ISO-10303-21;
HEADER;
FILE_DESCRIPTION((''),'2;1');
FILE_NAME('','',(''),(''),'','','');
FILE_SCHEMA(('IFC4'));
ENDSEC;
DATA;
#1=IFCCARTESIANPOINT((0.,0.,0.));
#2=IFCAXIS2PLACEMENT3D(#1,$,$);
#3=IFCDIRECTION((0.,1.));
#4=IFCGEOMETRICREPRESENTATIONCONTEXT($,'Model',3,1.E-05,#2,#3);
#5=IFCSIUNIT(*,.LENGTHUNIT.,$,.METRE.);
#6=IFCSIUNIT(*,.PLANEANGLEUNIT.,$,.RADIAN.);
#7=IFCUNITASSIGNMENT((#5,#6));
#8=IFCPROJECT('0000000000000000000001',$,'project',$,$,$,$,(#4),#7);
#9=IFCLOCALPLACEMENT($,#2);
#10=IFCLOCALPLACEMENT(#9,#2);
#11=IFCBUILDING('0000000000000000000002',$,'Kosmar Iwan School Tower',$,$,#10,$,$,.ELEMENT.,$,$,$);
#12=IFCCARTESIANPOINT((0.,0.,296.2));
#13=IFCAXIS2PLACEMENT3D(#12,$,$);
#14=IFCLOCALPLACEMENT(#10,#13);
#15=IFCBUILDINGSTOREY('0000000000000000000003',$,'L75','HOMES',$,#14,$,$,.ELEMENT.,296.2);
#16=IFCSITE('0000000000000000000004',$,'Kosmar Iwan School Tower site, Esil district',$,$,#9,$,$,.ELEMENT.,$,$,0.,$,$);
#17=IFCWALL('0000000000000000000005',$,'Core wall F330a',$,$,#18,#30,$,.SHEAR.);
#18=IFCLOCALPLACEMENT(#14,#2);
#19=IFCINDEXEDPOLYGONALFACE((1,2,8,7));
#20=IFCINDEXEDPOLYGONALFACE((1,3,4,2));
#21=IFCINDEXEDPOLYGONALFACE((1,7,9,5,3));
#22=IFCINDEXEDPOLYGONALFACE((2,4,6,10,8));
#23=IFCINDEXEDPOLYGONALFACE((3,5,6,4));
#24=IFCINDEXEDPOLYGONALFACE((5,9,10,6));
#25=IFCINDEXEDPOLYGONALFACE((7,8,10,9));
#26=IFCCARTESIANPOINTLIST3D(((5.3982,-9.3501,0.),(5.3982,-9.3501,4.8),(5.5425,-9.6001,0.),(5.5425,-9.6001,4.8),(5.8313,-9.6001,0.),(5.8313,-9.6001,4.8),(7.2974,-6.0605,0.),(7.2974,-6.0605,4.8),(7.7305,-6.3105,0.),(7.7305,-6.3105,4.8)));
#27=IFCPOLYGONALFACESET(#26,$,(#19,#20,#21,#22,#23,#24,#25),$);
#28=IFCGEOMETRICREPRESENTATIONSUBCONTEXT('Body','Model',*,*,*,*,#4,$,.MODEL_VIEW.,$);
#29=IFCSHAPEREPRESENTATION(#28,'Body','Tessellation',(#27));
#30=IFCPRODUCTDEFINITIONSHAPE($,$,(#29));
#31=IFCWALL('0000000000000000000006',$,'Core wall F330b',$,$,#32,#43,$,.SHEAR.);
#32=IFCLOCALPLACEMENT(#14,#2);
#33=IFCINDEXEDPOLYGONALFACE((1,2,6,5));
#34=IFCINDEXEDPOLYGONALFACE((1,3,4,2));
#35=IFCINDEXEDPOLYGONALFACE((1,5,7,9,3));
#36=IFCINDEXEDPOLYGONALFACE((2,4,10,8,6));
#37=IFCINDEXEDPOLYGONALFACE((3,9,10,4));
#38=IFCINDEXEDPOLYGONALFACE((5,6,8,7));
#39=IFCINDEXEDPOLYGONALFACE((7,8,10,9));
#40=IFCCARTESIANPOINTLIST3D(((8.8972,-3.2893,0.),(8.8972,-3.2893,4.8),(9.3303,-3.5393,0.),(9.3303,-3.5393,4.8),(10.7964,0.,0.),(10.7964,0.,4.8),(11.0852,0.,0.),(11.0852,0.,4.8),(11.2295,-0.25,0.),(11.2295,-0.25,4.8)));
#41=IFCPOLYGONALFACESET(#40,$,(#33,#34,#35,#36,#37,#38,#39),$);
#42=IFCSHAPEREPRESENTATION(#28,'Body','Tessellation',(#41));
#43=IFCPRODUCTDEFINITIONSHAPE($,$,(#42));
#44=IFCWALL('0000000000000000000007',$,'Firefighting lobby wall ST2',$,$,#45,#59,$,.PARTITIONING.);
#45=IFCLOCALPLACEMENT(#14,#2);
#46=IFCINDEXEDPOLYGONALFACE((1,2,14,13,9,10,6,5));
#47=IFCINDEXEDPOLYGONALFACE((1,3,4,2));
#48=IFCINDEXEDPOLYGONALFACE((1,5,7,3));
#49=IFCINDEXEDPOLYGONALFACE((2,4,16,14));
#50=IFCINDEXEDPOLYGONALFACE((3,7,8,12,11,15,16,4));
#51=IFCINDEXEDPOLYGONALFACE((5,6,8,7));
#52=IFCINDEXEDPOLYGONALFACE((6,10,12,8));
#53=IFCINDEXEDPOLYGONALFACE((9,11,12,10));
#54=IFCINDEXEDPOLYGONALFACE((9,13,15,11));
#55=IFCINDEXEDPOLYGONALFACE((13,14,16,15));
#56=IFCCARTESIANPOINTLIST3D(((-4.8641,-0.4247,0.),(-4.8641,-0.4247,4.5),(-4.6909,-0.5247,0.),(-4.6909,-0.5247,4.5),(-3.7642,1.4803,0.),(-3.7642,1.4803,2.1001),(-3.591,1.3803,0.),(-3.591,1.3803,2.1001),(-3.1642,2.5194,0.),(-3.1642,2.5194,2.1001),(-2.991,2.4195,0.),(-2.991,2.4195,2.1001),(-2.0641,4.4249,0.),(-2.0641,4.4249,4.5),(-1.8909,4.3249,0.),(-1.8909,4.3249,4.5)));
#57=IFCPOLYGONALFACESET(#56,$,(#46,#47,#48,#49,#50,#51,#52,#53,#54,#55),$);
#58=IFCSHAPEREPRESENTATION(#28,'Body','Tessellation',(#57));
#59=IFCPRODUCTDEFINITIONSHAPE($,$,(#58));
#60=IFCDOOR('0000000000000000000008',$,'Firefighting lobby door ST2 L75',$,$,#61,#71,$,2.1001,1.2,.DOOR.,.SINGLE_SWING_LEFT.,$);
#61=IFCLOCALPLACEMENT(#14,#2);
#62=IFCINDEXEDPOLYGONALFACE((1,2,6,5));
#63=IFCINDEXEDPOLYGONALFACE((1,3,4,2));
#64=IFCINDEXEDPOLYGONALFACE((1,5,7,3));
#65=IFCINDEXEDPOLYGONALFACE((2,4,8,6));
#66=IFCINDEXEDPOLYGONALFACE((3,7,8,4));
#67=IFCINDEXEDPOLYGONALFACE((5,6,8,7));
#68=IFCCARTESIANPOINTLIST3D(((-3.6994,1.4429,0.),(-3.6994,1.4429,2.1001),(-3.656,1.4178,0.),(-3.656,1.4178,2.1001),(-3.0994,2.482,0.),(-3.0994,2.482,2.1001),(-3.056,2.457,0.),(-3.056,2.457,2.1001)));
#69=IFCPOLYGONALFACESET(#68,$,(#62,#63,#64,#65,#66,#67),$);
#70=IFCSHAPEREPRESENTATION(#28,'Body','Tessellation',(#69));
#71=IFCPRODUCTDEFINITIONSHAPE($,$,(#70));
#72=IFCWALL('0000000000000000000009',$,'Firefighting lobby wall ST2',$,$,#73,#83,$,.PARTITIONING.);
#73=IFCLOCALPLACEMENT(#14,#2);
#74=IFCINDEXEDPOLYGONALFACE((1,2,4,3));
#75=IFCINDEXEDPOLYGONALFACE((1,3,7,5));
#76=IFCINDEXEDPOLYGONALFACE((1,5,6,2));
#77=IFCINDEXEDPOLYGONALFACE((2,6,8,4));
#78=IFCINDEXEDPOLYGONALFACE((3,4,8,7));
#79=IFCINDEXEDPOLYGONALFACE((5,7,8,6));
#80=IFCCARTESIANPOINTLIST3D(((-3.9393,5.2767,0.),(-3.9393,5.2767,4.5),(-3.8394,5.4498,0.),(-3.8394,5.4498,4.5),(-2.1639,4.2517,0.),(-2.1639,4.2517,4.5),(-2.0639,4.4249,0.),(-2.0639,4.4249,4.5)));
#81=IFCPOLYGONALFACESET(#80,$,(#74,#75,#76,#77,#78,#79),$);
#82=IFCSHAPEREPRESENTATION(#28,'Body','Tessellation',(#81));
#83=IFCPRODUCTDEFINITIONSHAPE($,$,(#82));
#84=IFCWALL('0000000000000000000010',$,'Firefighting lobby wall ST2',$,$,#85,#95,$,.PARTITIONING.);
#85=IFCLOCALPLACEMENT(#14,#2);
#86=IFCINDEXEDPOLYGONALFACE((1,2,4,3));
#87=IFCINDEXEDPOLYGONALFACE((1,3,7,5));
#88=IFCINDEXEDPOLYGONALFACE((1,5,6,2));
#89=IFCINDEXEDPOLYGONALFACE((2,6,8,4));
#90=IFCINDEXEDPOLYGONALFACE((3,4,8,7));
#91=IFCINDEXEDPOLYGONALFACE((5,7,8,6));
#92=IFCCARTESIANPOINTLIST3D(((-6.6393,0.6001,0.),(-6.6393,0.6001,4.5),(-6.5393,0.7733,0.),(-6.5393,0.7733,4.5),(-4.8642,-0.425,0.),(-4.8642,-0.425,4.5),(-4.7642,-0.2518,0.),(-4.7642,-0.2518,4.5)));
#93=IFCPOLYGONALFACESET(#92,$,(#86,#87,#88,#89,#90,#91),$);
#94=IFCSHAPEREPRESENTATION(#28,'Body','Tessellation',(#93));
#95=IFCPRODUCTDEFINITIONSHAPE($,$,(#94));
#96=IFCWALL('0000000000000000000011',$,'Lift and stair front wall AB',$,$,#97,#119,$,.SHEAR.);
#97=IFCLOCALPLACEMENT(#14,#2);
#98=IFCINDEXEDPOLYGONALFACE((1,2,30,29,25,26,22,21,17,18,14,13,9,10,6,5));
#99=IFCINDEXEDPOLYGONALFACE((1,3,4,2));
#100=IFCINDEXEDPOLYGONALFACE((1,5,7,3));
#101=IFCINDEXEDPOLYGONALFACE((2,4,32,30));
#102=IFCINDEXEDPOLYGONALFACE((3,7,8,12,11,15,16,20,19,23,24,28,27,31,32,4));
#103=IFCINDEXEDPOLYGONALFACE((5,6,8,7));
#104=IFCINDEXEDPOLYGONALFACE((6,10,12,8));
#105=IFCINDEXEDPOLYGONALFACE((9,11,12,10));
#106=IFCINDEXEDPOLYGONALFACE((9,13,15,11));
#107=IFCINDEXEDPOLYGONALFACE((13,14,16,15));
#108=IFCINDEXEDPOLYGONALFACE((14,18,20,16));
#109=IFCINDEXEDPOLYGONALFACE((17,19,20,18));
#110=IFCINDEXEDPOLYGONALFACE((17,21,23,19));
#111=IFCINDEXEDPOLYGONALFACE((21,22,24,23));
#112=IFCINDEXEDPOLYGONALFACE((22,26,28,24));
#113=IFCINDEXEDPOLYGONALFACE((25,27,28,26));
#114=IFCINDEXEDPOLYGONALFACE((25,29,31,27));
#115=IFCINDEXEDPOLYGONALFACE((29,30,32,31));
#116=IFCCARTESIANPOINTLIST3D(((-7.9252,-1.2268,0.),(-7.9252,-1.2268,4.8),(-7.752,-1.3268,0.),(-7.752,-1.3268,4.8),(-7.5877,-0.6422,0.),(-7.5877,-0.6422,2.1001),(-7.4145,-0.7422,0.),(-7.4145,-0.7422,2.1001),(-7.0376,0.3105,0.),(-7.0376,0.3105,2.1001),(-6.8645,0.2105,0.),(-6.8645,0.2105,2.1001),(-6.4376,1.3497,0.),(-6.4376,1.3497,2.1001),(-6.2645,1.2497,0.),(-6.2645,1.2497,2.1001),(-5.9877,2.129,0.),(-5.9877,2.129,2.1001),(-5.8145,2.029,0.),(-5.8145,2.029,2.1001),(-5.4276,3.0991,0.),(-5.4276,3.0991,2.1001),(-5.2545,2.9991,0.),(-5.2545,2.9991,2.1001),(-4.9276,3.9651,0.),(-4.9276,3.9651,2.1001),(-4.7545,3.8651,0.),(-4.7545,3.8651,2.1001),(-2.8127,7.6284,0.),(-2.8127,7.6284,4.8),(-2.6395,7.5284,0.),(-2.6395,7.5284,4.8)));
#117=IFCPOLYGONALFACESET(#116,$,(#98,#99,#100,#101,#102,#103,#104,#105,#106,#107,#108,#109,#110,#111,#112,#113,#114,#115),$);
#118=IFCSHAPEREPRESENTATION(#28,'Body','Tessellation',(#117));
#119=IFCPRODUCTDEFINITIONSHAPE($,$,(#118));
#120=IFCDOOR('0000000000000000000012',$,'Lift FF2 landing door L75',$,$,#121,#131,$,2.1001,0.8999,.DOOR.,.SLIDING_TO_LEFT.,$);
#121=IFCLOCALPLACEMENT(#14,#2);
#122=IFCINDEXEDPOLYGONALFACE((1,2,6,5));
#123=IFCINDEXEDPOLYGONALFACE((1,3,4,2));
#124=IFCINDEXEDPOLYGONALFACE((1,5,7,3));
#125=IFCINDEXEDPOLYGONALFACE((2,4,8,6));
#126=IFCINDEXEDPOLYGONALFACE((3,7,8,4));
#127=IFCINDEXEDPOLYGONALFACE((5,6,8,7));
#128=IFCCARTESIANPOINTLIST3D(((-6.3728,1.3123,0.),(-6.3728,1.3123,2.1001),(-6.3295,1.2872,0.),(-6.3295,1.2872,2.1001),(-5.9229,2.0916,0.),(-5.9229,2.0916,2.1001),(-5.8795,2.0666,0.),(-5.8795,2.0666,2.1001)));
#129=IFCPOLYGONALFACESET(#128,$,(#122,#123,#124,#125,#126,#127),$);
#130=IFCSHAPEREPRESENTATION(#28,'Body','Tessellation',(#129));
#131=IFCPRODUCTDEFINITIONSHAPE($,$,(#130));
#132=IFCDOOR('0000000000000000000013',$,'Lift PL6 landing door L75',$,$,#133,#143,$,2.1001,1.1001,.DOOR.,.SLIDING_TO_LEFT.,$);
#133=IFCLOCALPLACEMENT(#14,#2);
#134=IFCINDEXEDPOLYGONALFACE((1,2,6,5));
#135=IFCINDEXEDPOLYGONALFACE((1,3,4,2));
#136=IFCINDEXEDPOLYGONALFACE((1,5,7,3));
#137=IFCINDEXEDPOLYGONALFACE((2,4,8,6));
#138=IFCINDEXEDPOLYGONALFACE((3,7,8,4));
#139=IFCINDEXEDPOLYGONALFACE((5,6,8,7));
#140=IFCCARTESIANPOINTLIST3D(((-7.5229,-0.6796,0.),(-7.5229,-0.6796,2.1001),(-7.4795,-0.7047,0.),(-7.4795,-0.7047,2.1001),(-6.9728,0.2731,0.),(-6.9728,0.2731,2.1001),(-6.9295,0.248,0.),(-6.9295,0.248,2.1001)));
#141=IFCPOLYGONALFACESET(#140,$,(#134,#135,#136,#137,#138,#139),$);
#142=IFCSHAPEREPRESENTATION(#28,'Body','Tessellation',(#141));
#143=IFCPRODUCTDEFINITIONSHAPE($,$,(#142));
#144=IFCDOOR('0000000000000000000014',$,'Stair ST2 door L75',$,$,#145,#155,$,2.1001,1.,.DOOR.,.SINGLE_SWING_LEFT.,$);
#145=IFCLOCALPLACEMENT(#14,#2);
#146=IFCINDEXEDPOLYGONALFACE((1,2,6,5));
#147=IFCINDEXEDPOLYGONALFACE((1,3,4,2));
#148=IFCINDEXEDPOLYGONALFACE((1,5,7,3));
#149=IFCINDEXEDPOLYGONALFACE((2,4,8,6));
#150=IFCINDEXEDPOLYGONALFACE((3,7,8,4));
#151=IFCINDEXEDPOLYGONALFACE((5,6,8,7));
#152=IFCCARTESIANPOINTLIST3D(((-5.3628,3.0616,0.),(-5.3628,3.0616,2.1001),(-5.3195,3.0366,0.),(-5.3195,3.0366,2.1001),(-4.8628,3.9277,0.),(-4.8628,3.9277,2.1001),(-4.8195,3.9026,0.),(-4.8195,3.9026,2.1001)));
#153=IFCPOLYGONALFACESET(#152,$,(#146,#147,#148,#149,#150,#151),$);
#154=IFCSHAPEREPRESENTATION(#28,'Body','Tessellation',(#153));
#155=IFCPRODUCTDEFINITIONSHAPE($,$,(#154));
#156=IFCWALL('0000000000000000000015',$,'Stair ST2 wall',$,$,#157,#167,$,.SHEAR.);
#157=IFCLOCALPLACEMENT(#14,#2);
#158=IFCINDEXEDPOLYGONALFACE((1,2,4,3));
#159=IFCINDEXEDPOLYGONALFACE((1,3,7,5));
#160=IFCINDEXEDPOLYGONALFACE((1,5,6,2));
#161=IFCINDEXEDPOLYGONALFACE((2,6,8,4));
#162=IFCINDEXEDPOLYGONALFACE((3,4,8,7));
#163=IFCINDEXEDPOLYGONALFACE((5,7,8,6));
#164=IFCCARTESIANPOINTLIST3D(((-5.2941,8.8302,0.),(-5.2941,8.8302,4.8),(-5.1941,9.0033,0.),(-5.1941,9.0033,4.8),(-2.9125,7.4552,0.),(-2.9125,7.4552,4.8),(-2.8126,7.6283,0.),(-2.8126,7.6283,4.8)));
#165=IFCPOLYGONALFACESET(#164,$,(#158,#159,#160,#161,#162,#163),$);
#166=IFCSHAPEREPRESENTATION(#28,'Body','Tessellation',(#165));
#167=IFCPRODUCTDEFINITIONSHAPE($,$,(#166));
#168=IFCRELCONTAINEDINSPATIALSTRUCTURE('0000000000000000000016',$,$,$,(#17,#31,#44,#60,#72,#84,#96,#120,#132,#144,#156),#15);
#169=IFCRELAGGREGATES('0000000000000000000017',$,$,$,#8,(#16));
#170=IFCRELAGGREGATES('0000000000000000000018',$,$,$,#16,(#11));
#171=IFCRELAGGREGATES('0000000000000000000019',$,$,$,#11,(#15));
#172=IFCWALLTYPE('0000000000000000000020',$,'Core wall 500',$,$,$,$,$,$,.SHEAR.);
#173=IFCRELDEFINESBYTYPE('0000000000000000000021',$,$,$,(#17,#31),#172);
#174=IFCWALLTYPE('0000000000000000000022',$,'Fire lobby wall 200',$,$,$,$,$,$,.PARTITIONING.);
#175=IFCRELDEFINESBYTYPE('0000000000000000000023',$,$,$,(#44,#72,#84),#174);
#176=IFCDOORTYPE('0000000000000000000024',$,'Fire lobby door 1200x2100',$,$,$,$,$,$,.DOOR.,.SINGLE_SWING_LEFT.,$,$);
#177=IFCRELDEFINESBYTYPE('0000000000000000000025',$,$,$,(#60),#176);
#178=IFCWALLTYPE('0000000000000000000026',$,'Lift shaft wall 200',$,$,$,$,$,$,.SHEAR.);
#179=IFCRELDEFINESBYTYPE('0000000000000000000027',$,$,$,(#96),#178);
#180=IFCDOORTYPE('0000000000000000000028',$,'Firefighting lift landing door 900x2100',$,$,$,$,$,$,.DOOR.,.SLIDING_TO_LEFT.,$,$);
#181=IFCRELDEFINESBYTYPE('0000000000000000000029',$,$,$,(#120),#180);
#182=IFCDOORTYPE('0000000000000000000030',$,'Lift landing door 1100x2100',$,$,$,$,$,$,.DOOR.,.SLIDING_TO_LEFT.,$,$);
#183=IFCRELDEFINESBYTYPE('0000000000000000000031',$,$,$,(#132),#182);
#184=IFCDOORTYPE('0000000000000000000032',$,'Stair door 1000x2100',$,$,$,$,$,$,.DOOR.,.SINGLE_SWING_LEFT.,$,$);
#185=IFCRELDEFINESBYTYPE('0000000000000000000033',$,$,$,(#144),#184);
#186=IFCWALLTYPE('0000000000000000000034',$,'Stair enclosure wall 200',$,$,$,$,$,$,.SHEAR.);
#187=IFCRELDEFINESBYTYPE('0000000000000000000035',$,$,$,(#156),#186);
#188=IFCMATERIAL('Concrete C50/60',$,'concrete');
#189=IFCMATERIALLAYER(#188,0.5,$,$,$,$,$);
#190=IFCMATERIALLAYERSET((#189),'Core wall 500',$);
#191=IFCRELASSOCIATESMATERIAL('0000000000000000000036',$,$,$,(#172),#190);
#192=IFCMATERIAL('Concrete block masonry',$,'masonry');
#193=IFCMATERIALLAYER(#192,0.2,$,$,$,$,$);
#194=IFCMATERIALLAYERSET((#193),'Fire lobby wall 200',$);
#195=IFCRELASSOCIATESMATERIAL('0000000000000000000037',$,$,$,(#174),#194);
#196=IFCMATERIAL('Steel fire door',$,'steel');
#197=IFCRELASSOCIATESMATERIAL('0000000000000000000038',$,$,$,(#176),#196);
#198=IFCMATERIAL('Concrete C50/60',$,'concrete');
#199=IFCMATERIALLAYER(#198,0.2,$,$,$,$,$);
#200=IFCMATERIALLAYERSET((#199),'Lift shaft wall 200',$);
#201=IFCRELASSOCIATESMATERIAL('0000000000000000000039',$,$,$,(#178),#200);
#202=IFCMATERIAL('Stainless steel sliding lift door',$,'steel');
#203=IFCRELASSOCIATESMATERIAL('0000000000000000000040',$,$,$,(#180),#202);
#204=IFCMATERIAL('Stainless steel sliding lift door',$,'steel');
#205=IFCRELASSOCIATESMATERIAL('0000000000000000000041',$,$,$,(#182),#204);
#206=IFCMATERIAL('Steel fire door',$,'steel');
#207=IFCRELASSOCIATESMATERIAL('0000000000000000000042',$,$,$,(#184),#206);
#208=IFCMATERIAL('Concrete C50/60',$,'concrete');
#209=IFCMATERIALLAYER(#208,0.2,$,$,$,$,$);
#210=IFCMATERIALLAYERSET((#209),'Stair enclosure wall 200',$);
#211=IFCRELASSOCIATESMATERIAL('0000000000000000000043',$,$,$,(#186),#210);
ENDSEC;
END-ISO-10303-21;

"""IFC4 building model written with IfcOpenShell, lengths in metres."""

from ifc_helpers import new_model, si_unit, direction, frame, frame_2d, origin, place, context, subcontext, project, spatial, polyline, rectangle, outline, extrude, material, layer, layer_set, type_object, element, fill, save


model = new_model("IFC4")

# Units and contexts
model_context = context("Model", 3, precision=1e-05, world=origin(), true_north=direction((0.0, 1.0)))
body_context = subcontext(model_context, "Body", "Model", "MODEL_VIEW")
ifc_project = project(units=[si_unit("LENGTHUNIT", "METRE"), si_unit("PLANEANGLEUNIT", "RADIAN")], contexts=[model_context])

# Site, building, storey
site_placement = place(None, origin())
site = spatial("IfcSite", under=ifc_project, at=site_placement, Name="Kosmar Iwan School Tower site, Esil district", CompositionType="ELEMENT", RefElevation=0.0)
building_placement = place(site_placement, origin())
building = spatial("IfcBuilding", under=site, at=building_placement, Name="Kosmar Iwan School Tower", CompositionType="ELEMENT")
storey_placement = place(building_placement, frame((0.0, 0.0, 296.2)))
storey = spatial("IfcBuildingStorey", under=building, at=storey_placement, Name="L75", Description="HOMES", CompositionType="ELEMENT", Elevation=296.2)

# Walls
ifc_material_1 = material(Name="Concrete C50/60", Category="concrete")
ifc_layer_1 = layer(ifc_material_1, 0.5)
ifc_layer_set_1 = layer_set([ifc_layer_1], Name="Core wall 500")
wall_type_1 = type_object("IfcWallType", Name="Core wall 500", PredefinedType="SHEAR", material=ifc_layer_set_1)
wall_1_placement = place(storey_placement, origin())
element("IfcWall", 1, at=wall_1_placement, inside=storey, type_object=wall_type_1, Name="Core wall F330a", PredefinedType="SHEAR", context=body_context, shape_type="SweptSolid", body=[
    extrude(outline(polyline([(5.5425, -9.6001), (5.8313, -9.6001), (7.7305, -6.3105), (7.2974, -6.0605), (5.3982, -9.3501), (5.5425, -9.6001)])), origin(), (0.0, 0.0, 1.0), 4.8),
])
wall_2_placement = place(storey_placement, origin())
element("IfcWall", 2, at=wall_2_placement, inside=storey, type_object=wall_type_1, Name="Core wall F330b", PredefinedType="SHEAR", context=body_context, shape_type="SweptSolid", body=[
    extrude(outline(polyline([(9.3303, -3.5393), (11.2295, -0.25), (11.0852, 0.0), (10.7964, 0.0), (8.8972, -3.2893), (9.3303, -3.5393)])), origin(), (0.0, 0.0, 1.0), 4.8),
])

# Wall, opening, door
ifc_material_2 = material(Name="Concrete block masonry", Category="masonry")
ifc_layer_2 = layer(ifc_material_2, 0.2)
ifc_layer_set_2 = layer_set([ifc_layer_2], Name="Fire lobby wall 200")
wall_type_2 = type_object("IfcWallType", Name="Fire lobby wall 200", PredefinedType="PARTITIONING", material=ifc_layer_set_2)
wall_3_placement = place(storey_placement, frame((-1.9775, 4.3748, 0.0), z_axis=(0.0, 0.0, 1.0), x_axis=(-0.500017, -0.866016, 0.0)))
wall_3 = element("IfcWall", 3, at=wall_3_placement, inside=storey, type_object=wall_type_2, Name="Firefighting lobby wall ST2", PredefinedType="PARTITIONING", context=body_context, shape_type="SweptSolid", body=[
    extrude(rectangle(XDim=5.5999, YDim=0.2, at=frame_2d((2.7998, 0.0))), origin(), (0.0, 0.0, 1.0), 4.5),
])
opening_1_placement = place(wall_3_placement, frame((2.2, 0.0, 0.0)))
opening_1 = element("IfcOpeningElement", 4, at=opening_1_placement, cuts=wall_3, PredefinedType="OPENING", context=body_context, shape_type="SweptSolid", body=[
    extrude(rectangle(XDim=1.2, YDim=2.1001, at=frame_2d((0.6001, 1.05))), frame((0.0, 0.1121, 0.0), z_axis=(0.0, -1.0, 0.0), x_axis=(1.0, 0.0, 0.0)), (0.0, 0.0, 1.0), 0.2239),
])
ifc_material_3 = material(Name="Steel fire door", Category="steel")
door_type_1 = type_object("IfcDoorType", Name="Fire lobby door 1200x2100", OperationType="SINGLE_SWING_LEFT", PredefinedType="DOOR", material=ifc_material_3)
door_1_placement = place(opening_1_placement, origin())
door_1 = element("IfcDoor", 5, at=door_1_placement, inside=storey, type_object=door_type_1, Name="Firefighting lobby door ST2 L75", OperationType="SINGLE_SWING_LEFT", OverallHeight=2.1001, OverallWidth=1.2, PredefinedType="DOOR", context=body_context, shape_type="SweptSolid", body=[
    extrude(rectangle(XDim=1.2, YDim=2.1001, at=frame_2d((0.6001, 1.05))), frame((0.0, 0.0249, 0.0), z_axis=(0.0, -1.0, 0.0), x_axis=(1.0, 0.0, 0.0)), (0.0, 0.0, 1.0), 0.05),
])
fill(opening_1, door_1)

# Walls
wall_4_placement = place(storey_placement, frame((-2.114, 4.3384, 0.0), z_axis=(0.0, 0.0, 1.0), x_axis=(-0.866051, 0.499956, 0.0)))
element("IfcWall", 6, at=wall_4_placement, inside=storey, type_object=wall_type_2, Name="Firefighting lobby wall ST2", PredefinedType="PARTITIONING", context=body_context, shape_type="SweptSolid", body=[
    extrude(rectangle(XDim=2.05, YDim=0.2, at=frame_2d((1.0249, 0.0))), origin(), (0.0, 0.0, 1.0), 4.5),
])
wall_5_placement = place(storey_placement, frame((-4.8142, -0.3384, 0.0), z_axis=(0.0, 0.0, 1.0), x_axis=(-0.865969, 0.500097, 0.0)))
element("IfcWall", 7, at=wall_5_placement, inside=storey, type_object=wall_type_2, Name="Firefighting lobby wall ST2", PredefinedType="PARTITIONING", context=body_context, shape_type="SweptSolid", body=[
    extrude(rectangle(XDim=2.0498, YDim=0.2, at=frame_2d((1.0249, 0.0))), origin(), (0.0, 0.0, 1.0), 4.5),
])

# Wall, openings, doors
ifc_material_4 = material(Name="Concrete C50/60", Category="concrete")
ifc_layer_3 = layer(ifc_material_4, 0.2)
ifc_layer_set_3 = layer_set([ifc_layer_3], Name="Lift shaft wall 200")
wall_type_3 = type_object("IfcWallType", Name="Lift shaft wall 200", PredefinedType="SHEAR", material=ifc_layer_set_3)
wall_6_placement = place(storey_placement, frame((-2.7261, 7.5784, 0.0), z_axis=(0.0, 0.0, 1.0), x_axis=(-0.499999, -0.866026, 0.0)))
wall_6 = element("IfcWall", 8, at=wall_6_placement, inside=storey, type_object=wall_type_3, Name="Lift and stair front wall AB", PredefinedType="SHEAR", context=body_context, shape_type="SweptSolid", body=[
    extrude(rectangle(XDim=10.2251, YDim=0.2, at=frame_2d((5.1125, 0.0))), origin(), (0.0, 0.0, 1.0), 4.8),
])
opening_2_placement = place(wall_6_placement, frame((6.3501, 0.0, 0.0)))
opening_2 = element("IfcOpeningElement", 9, at=opening_2_placement, cuts=wall_6, PredefinedType="OPENING", context=body_context, shape_type="SweptSolid", body=[
    extrude(rectangle(XDim=0.8999, YDim=2.1001, at=frame_2d((0.45, 1.05))), frame((0.0, 0.1121, 0.0), z_axis=(0.0, -1.0, 0.0), x_axis=(1.0, 0.0, 0.0)), (0.0, 0.0, 1.0), 0.2239),
])
opening_3_placement = place(wall_6_placement, frame((8.45, 0.0, 0.0)))
opening_3 = element("IfcOpeningElement", 10, at=opening_3_placement, cuts=wall_6, PredefinedType="OPENING", context=body_context, shape_type="SweptSolid", body=[
    extrude(rectangle(XDim=1.1001, YDim=2.1001, at=frame_2d((0.55, 1.05))), frame((0.0, 0.1121, 0.0), z_axis=(0.0, -1.0, 0.0), x_axis=(1.0, 0.0, 0.0)), (0.0, 0.0, 1.0), 0.2239),
])
opening_4_placement = place(wall_6_placement, frame((4.23, 0.0, 0.0)))
opening_4 = element("IfcOpeningElement", 11, at=opening_4_placement, cuts=wall_6, PredefinedType="OPENING", context=body_context, shape_type="SweptSolid", body=[
    extrude(rectangle(XDim=1.0, YDim=2.1001, at=frame_2d((0.5, 1.05))), frame((0.0, 0.1121, 0.0), z_axis=(0.0, -1.0, 0.0), x_axis=(1.0, 0.0, 0.0)), (0.0, 0.0, 1.0), 0.2239),
])
ifc_material_5 = material(Name="Stainless steel sliding lift door", Category="steel")
door_type_2 = type_object("IfcDoorType", Name="Firefighting lift landing door 900x2100", OperationType="SLIDING_TO_LEFT", PredefinedType="DOOR", material=ifc_material_5)
door_2_placement = place(opening_2_placement, origin())
door_2 = element("IfcDoor", 12, at=door_2_placement, inside=storey, type_object=door_type_2, Name="Lift FF2 landing door L75", OperationType="SLIDING_TO_LEFT", OverallHeight=2.1001, OverallWidth=0.8999, PredefinedType="DOOR", context=body_context, shape_type="SweptSolid", body=[
    extrude(rectangle(XDim=0.8999, YDim=2.1001, at=frame_2d((0.45, 1.05))), frame((0.0, 0.0249, 0.0), z_axis=(0.0, -1.0, 0.0), x_axis=(1.0, 0.0, 0.0)), (0.0, 0.0, 1.0), 0.05),
])
fill(opening_2, door_2)
ifc_material_6 = material(Name="Stainless steel sliding lift door", Category="steel")
door_type_3 = type_object("IfcDoorType", Name="Lift landing door 1100x2100", OperationType="SLIDING_TO_LEFT", PredefinedType="DOOR", material=ifc_material_6)
door_3_placement = place(opening_3_placement, origin())
door_3 = element("IfcDoor", 13, at=door_3_placement, inside=storey, type_object=door_type_3, Name="Lift PL6 landing door L75", OperationType="SLIDING_TO_LEFT", OverallHeight=2.1001, OverallWidth=1.1001, PredefinedType="DOOR", context=body_context, shape_type="SweptSolid", body=[
    extrude(rectangle(XDim=1.1001, YDim=2.1001, at=frame_2d((0.55, 1.05))), frame((0.0, 0.0249, 0.0), z_axis=(0.0, -1.0, 0.0), x_axis=(1.0, 0.0, 0.0)), (0.0, 0.0, 1.0), 0.05),
])
fill(opening_3, door_3)
ifc_material_7 = material(Name="Steel fire door", Category="steel")
door_type_4 = type_object("IfcDoorType", Name="Stair door 1000x2100", OperationType="SINGLE_SWING_LEFT", PredefinedType="DOOR", material=ifc_material_7)
door_4_placement = place(opening_4_placement, origin())
door_4 = element("IfcDoor", 14, at=door_4_placement, inside=storey, type_object=door_type_4, Name="Stair ST2 door L75", OperationType="SINGLE_SWING_LEFT", OverallHeight=2.1001, OverallWidth=1.0, PredefinedType="DOOR", context=body_context, shape_type="SweptSolid", body=[
    extrude(rectangle(XDim=1.0, YDim=2.1001, at=frame_2d((0.5, 1.05))), frame((0.0, 0.0249, 0.0), z_axis=(0.0, -1.0, 0.0), x_axis=(1.0, 0.0, 0.0)), (0.0, 0.0, 1.0), 0.05),
])
fill(opening_4, door_4)

# Wall
ifc_material_8 = material(Name="Concrete C50/60", Category="concrete")
ifc_layer_4 = layer(ifc_material_8, 0.2)
ifc_layer_set_4 = layer_set([ifc_layer_4], Name="Stair enclosure wall 200")
wall_type_4 = type_object("IfcWallType", Name="Stair enclosure wall 200", PredefinedType="SHEAR", material=ifc_layer_set_4)
wall_7_placement = place(storey_placement, frame((-2.8625, 7.5417, 0.0), z_axis=(0.0, 0.0, 1.0), x_axis=(-0.866027, 0.499997, 0.0)))
element("IfcWall", 15, at=wall_7_placement, inside=storey, type_object=wall_type_4, Name="Stair ST2 wall", PredefinedType="SHEAR", context=body_context, shape_type="SweptSolid", body=[
    extrude(rectangle(XDim=2.75, YDim=0.2, at=frame_2d((1.375, 0.0))), origin(), (0.0, 0.0, 1.0), 4.8),
])

save(model, "model.ifc")
